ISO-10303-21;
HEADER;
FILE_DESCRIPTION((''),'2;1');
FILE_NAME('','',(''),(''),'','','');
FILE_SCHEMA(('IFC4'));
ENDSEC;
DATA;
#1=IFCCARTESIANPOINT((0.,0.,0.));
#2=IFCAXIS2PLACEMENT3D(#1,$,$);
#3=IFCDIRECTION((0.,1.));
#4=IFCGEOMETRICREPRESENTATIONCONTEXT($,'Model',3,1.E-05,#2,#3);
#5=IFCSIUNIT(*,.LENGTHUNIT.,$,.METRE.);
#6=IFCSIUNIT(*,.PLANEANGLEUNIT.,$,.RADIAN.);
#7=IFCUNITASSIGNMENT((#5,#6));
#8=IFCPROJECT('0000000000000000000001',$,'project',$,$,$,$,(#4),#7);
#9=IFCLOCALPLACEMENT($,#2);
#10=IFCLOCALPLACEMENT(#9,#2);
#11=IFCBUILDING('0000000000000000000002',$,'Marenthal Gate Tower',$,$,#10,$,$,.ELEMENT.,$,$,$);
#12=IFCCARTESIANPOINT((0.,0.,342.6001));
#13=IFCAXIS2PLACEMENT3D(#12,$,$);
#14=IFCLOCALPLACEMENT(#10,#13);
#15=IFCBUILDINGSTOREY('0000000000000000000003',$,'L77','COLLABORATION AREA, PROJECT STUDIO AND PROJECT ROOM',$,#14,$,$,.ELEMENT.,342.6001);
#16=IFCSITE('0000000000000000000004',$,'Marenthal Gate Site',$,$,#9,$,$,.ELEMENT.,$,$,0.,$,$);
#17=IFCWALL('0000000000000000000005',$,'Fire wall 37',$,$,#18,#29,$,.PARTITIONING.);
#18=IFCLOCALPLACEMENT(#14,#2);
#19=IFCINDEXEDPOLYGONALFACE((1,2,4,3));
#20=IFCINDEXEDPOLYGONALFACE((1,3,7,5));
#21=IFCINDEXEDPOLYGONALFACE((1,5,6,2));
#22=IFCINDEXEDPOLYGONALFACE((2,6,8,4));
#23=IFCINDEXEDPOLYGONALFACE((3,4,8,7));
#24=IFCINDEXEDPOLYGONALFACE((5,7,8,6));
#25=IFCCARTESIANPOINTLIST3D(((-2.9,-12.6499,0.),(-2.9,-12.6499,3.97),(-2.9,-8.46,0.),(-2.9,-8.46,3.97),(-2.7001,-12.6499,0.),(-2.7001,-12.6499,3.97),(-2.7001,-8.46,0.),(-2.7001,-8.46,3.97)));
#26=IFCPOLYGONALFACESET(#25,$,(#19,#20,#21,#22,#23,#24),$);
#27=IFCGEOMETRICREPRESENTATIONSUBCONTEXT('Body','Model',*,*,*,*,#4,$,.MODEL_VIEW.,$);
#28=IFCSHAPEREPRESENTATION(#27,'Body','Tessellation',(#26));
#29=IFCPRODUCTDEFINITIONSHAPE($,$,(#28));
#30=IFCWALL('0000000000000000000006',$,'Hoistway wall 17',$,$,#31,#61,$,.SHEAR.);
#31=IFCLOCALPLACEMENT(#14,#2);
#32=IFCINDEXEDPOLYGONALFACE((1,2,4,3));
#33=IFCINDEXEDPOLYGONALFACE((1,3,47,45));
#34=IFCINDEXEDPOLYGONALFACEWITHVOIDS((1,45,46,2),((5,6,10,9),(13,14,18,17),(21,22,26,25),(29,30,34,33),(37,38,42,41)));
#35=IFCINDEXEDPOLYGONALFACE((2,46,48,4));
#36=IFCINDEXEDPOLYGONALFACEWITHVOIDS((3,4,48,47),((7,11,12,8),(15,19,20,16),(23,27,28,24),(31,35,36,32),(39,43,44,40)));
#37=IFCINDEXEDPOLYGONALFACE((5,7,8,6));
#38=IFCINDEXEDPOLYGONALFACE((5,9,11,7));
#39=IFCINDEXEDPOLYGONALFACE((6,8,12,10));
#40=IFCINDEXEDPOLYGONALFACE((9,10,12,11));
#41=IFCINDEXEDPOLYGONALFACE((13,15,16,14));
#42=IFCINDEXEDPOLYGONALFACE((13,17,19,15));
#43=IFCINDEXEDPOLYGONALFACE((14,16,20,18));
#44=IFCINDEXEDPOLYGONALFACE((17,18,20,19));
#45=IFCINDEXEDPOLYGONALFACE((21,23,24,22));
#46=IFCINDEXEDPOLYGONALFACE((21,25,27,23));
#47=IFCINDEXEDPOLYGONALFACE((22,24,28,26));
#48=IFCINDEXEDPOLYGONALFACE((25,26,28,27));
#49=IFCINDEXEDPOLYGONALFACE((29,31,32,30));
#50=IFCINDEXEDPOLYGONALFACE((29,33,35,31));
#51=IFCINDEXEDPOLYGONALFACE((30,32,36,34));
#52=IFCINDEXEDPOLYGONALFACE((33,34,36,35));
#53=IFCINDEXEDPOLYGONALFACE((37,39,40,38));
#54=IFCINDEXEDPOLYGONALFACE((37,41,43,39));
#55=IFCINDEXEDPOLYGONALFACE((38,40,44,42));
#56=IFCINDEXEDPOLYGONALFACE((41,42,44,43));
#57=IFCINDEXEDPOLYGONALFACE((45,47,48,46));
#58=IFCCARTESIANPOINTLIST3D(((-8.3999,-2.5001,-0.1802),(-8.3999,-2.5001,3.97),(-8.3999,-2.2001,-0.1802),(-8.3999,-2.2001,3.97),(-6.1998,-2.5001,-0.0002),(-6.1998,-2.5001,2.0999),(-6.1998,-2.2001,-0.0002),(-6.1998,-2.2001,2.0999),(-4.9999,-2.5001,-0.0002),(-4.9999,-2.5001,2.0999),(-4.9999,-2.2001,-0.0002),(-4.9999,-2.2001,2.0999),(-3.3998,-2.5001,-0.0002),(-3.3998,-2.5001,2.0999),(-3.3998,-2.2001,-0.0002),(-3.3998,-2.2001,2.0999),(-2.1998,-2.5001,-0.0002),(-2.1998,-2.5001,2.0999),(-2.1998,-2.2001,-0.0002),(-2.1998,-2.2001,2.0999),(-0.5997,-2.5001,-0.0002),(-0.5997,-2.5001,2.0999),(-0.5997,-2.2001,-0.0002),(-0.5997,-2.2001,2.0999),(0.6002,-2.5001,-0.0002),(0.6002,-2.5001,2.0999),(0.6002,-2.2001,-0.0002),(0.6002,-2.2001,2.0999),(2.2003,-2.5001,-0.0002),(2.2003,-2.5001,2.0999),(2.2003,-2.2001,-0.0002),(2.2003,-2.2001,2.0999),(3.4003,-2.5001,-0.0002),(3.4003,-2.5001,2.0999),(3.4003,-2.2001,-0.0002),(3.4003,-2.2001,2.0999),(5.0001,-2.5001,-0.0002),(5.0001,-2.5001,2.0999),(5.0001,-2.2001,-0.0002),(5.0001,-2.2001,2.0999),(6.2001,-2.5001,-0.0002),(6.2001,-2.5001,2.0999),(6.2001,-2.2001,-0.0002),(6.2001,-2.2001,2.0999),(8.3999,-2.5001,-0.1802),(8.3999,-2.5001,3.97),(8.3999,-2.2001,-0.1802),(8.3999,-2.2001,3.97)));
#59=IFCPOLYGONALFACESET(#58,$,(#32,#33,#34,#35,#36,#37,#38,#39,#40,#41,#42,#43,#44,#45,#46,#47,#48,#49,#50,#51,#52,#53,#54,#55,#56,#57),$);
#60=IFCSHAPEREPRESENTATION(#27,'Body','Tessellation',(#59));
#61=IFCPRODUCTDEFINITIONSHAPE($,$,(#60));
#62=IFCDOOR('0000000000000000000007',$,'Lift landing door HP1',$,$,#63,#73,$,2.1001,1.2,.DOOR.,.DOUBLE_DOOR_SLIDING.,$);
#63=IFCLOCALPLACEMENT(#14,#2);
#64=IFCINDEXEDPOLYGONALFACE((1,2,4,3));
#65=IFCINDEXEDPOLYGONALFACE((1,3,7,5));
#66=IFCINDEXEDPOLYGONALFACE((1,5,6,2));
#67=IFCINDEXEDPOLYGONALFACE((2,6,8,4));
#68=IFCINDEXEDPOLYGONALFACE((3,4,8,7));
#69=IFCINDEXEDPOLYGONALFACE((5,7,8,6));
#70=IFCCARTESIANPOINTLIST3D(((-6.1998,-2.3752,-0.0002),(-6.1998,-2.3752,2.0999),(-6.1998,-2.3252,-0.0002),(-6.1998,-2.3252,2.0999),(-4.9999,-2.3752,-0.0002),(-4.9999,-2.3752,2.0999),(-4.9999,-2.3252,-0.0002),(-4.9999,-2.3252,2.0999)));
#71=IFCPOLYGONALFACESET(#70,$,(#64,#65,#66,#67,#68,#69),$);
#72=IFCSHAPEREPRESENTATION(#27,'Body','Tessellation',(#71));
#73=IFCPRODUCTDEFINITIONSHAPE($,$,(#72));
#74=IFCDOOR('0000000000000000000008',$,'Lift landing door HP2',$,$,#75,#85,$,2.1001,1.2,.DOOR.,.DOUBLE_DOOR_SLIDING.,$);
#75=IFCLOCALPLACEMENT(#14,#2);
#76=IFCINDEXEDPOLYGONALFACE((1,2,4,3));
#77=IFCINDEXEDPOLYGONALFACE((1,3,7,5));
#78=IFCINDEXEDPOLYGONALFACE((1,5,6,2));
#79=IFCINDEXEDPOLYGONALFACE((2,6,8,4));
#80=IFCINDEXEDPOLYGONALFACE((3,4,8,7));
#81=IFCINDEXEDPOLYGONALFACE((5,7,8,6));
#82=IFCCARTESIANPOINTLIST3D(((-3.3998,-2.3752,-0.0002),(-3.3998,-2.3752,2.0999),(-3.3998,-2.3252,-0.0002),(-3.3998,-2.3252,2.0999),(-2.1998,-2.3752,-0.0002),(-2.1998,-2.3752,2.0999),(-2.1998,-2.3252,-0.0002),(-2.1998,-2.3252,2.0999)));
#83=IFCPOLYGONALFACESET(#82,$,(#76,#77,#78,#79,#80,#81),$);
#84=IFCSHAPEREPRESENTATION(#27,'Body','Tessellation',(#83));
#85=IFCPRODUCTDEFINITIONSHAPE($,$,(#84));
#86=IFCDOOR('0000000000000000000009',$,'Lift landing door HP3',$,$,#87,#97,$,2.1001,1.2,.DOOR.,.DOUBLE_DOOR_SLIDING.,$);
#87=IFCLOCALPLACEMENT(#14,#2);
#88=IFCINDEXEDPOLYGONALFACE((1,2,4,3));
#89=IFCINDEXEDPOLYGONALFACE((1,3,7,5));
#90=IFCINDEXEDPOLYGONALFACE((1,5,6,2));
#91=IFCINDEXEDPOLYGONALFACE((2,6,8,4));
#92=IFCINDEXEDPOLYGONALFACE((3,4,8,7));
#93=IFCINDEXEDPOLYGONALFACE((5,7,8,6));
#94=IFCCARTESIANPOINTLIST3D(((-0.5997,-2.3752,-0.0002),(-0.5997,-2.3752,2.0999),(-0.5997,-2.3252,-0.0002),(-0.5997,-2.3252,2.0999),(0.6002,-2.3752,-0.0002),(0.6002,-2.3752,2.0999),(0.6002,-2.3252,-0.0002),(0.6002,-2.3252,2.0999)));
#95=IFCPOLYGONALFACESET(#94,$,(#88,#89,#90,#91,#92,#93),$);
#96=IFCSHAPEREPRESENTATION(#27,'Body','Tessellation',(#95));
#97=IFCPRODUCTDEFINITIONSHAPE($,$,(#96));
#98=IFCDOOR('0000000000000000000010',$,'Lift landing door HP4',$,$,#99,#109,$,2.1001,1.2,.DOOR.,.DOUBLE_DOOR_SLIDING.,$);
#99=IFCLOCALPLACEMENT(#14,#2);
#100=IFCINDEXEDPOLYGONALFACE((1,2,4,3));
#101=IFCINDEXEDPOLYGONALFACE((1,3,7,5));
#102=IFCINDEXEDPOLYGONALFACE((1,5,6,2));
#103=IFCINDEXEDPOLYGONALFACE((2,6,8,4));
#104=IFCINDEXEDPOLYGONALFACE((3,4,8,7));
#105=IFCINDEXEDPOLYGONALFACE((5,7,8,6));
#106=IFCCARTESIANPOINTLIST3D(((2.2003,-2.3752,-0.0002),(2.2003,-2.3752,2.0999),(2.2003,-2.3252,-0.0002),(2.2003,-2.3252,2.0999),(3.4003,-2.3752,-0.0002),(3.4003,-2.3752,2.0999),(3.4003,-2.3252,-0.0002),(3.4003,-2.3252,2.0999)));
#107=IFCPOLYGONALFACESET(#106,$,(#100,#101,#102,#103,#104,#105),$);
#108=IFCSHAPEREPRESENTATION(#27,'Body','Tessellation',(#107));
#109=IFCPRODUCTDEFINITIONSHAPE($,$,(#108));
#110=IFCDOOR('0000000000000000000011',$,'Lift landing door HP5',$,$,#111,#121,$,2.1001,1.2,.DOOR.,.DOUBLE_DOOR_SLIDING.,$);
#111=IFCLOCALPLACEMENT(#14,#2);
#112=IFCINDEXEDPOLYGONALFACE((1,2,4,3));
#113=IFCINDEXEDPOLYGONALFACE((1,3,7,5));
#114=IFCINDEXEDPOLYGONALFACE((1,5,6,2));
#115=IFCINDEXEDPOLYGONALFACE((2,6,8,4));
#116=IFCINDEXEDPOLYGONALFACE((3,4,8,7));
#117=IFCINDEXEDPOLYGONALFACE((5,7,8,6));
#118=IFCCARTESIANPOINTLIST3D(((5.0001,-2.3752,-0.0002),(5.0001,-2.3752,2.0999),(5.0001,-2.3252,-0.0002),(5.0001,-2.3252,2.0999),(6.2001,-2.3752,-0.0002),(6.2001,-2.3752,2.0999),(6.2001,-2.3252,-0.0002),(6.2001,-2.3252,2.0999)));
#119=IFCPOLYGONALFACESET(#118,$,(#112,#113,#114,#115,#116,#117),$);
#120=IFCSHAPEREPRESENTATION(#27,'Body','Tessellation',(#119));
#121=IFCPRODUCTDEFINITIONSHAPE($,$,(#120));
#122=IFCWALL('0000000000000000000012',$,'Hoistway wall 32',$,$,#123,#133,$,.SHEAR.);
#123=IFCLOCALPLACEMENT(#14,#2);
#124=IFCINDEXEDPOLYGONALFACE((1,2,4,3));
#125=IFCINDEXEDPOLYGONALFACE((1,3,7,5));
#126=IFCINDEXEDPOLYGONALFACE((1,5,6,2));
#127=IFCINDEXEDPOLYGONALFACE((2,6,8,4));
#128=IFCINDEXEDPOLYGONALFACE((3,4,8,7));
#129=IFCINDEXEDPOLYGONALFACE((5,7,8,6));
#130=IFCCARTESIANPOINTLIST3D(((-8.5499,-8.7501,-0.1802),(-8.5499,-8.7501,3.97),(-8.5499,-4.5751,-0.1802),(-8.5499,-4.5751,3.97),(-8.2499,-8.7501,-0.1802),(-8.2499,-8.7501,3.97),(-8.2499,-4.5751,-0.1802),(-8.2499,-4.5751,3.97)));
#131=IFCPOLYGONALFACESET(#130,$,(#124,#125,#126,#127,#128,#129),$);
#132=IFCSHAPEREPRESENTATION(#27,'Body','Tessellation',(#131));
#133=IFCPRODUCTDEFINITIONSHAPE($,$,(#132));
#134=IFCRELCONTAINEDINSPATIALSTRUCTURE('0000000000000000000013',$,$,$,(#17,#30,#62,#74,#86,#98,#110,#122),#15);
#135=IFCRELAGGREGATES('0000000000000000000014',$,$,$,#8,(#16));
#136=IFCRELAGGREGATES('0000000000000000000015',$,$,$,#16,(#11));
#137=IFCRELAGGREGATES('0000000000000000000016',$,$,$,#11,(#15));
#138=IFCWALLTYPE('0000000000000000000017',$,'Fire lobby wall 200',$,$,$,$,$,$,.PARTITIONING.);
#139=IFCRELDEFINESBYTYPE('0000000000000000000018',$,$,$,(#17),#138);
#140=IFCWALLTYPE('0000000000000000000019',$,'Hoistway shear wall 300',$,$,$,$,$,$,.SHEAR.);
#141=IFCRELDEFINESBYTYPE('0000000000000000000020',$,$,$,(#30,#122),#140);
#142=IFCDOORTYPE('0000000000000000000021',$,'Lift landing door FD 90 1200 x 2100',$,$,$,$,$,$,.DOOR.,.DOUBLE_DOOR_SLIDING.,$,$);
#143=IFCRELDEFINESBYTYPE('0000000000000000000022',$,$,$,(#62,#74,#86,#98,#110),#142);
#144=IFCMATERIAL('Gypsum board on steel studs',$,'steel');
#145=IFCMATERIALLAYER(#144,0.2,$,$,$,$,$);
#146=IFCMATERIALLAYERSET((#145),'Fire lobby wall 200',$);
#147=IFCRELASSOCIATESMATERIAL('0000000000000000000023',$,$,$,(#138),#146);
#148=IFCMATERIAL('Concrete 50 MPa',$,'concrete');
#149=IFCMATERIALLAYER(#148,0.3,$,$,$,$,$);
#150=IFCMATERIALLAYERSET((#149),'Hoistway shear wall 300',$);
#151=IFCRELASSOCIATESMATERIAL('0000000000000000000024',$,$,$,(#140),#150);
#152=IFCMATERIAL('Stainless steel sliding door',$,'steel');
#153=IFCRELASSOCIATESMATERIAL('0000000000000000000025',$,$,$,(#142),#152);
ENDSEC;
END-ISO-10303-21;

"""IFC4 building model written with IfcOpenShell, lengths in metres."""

from ifc_helpers import new_model, si_unit, direction, frame, frame_2d, origin, place, context, subcontext, project, spatial, rectangle, extrude, material, layer, layer_set, type_object, element, fill, save


model = new_model("IFC4")

# Units and contexts
model_context = context("Model", 3, precision=1e-05, world=origin(), true_north=direction((0.0, 1.0)))
body_context = subcontext(model_context, "Body", "Model", "MODEL_VIEW")
ifc_project = project(units=[si_unit("LENGTHUNIT", "METRE"), si_unit("PLANEANGLEUNIT", "RADIAN")], contexts=[model_context])

# Site, building, storey
site_placement = place(None, origin())
site = spatial("IfcSite", under=ifc_project, at=site_placement, Name="Marenthal Gate Site", CompositionType="ELEMENT", RefElevation=0.0)
building_placement = place(site_placement, origin())
building = spatial("IfcBuilding", under=site, at=building_placement, Name="Marenthal Gate Tower", CompositionType="ELEMENT")
storey_placement = place(building_placement, frame((0.0, 0.0, 342.6001)))
storey = spatial("IfcBuildingStorey", under=building, at=storey_placement, Name="L77", Description="COLLABORATION AREA, PROJECT STUDIO AND PROJECT ROOM", CompositionType="ELEMENT", Elevation=342.6001)

# Wall
ifc_material_1 = material(Name="Gypsum board on steel studs", Category="steel")
ifc_layer_1 = layer(ifc_material_1, 0.2)
ifc_layer_set_1 = layer_set([ifc_layer_1], Name="Fire lobby wall 200")
wall_type_1 = type_object("IfcWallType", Name="Fire lobby wall 200", PredefinedType="PARTITIONING", material=ifc_layer_set_1)
wall_1_placement = place(storey_placement, frame((-2.8, -12.6499, 0.0), z_axis=(0.0, 0.0, 1.0), x_axis=(0.0, 1.0, 0.0)))
element("IfcWall", 1, at=wall_1_placement, inside=storey, type_object=wall_type_1, Name="Fire wall 37", PredefinedType="PARTITIONING", context=body_context, shape_type="SweptSolid", body=[
    extrude(rectangle(XDim=4.1899, YDim=0.2, at=frame_2d((2.095, 0.0))), origin(), (0.0, 0.0, 1.0), 3.97),
])

# Wall, openings, doors
ifc_material_2 = material(Name="Concrete 50 MPa", Category="concrete")
ifc_layer_2 = layer(ifc_material_2, 0.3)
ifc_layer_set_2 = layer_set([ifc_layer_2], Name="Hoistway shear wall 300")
wall_type_2 = type_object("IfcWallType", Name="Hoistway shear wall 300", PredefinedType="SHEAR", material=ifc_layer_set_2)
wall_2_placement = place(storey_placement, frame((-8.3999, -2.3501, -0.1802), z_axis=(0.0, 0.0, 1.0), x_axis=(1.0, 0.0, 0.0)))
wall_2 = element("IfcWall", 2, at=wall_2_placement, inside=storey, type_object=wall_type_2, Name="Hoistway wall 17", PredefinedType="SHEAR", context=body_context, shape_type="SweptSolid", body=[
    extrude(rectangle(XDim=16.7998, YDim=0.3, at=frame_2d((8.3999, 0.0))), origin(), (0.0, 0.0, 1.0), 4.1501),
])
opening_1_placement = place(wall_2_placement, frame((2.2, 0.0, 0.1799)))
opening_1 = element("IfcOpeningElement", 3, at=opening_1_placement, cuts=wall_2, PredefinedType="OPENING", context=body_context, shape_type="SweptSolid", body=[
    extrude(rectangle(XDim=1.2, YDim=2.1001, at=frame_2d((0.6001, 1.05))), frame((0.0, 0.1602, 0.0), z_axis=(0.0, -1.0, 0.0), x_axis=(1.0, 0.0, 0.0)), (0.0, 0.0, 1.0), 0.3201),
])
opening_2_placement = place(wall_2_placement, frame((5.0, 0.0, 0.1799)))
opening_2 = element("IfcOpeningElement", 4, at=opening_2_placement, cuts=wall_2, PredefinedType="OPENING", context=body_context, shape_type="SweptSolid", body=[
    extrude(rectangle(XDim=1.2, YDim=2.1001, at=frame_2d((0.6001, 1.05))), frame((0.0, 0.1602, 0.0), z_axis=(0.0, -1.0, 0.0), x_axis=(1.0, 0.0, 0.0)), (0.0, 0.0, 1.0), 0.3201),
])
opening_3_placement = place(wall_2_placement, frame((7.8, 0.0, 0.1799)))
opening_3 = element("IfcOpeningElement", 5, at=opening_3_placement, cuts=wall_2, PredefinedType="OPENING", context=body_context, shape_type="SweptSolid", body=[
    extrude(rectangle(XDim=1.2, YDim=2.1001, at=frame_2d((0.6001, 1.05))), frame((0.0, 0.1602, 0.0), z_axis=(0.0, -1.0, 0.0), x_axis=(1.0, 0.0, 0.0)), (0.0, 0.0, 1.0), 0.3201),
])
opening_4_placement = place(wall_2_placement, frame((10.6001, 0.0, 0.1799)))
opening_4 = element("IfcOpeningElement", 6, at=opening_4_placement, cuts=wall_2, PredefinedType="OPENING", context=body_context, shape_type="SweptSolid", body=[
    extrude(rectangle(XDim=1.2, YDim=2.1001, at=frame_2d((0.6001, 1.05))), frame((0.0, 0.1602, 0.0), z_axis=(0.0, -1.0, 0.0), x_axis=(1.0, 0.0, 0.0)), (0.0, 0.0, 1.0), 0.3201),
])
opening_5_placement = place(wall_2_placement, frame((13.3999, 0.0, 0.1799)))
opening_5 = element("IfcOpeningElement", 7, at=opening_5_placement, cuts=wall_2, PredefinedType="OPENING", context=body_context, shape_type="SweptSolid", body=[
    extrude(rectangle(XDim=1.2, YDim=2.1001, at=frame_2d((0.6001, 1.05))), frame((0.0, 0.1602, 0.0), z_axis=(0.0, -1.0, 0.0), x_axis=(1.0, 0.0, 0.0)), (0.0, 0.0, 1.0), 0.3201),
])
ifc_material_3 = material(Name="Stainless steel sliding door", Category="steel")
door_type_1 = type_object("IfcDoorType", Name="Lift landing door FD 90 1200 x 2100", OperationType="DOUBLE_DOOR_SLIDING", PredefinedType="DOOR", material=ifc_material_3)
door_1_placement = place(opening_1_placement, origin())
door_1 = element("IfcDoor", 8, at=door_1_placement, inside=storey, type_object=door_type_1, Name="Lift landing door HP1", OperationType="DOUBLE_DOOR_SLIDING", OverallHeight=2.1001, OverallWidth=1.2, PredefinedType="DOOR", context=body_context, shape_type="SweptSolid", body=[
    extrude(rectangle(XDim=1.2, YDim=2.1001, at=frame_2d((0.6001, 1.05))), frame((0.0, 0.0249, 0.0), z_axis=(0.0, -1.0, 0.0), x_axis=(1.0, 0.0, 0.0)), (0.0, 0.0, 1.0), 0.05),
])
fill(opening_1, door_1)
door_2_placement = place(opening_2_placement, origin())
door_2 = element("IfcDoor", 9, at=door_2_placement, inside=storey, type_object=door_type_1, Name="Lift landing door HP2", OperationType="DOUBLE_DOOR_SLIDING", OverallHeight=2.1001, OverallWidth=1.2, PredefinedType="DOOR", context=body_context, shape_type="SweptSolid", body=[
    extrude(rectangle(XDim=1.2, YDim=2.1001, at=frame_2d((0.6001, 1.05))), frame((0.0, 0.0249, 0.0), z_axis=(0.0, -1.0, 0.0), x_axis=(1.0, 0.0, 0.0)), (0.0, 0.0, 1.0), 0.05),
])
fill(opening_2, door_2)
door_3_placement = place(opening_3_placement, origin())
door_3 = element("IfcDoor", 10, at=door_3_placement, inside=storey, type_object=door_type_1, Name="Lift landing door HP3", OperationType="DOUBLE_DOOR_SLIDING", OverallHeight=2.1001, OverallWidth=1.2, PredefinedType="DOOR", context=body_context, shape_type="SweptSolid", body=[
    extrude(rectangle(XDim=1.2, YDim=2.1001, at=frame_2d((0.6001, 1.05))), frame((0.0, 0.0249, 0.0), z_axis=(0.0, -1.0, 0.0), x_axis=(1.0, 0.0, 0.0)), (0.0, 0.0, 1.0), 0.05),
])
fill(opening_3, door_3)
door_4_placement = place(opening_4_placement, origin())
door_4 = element("IfcDoor", 11, at=door_4_placement, inside=storey, type_object=door_type_1, Name="Lift landing door HP4", OperationType="DOUBLE_DOOR_SLIDING", OverallHeight=2.1001, OverallWidth=1.2, PredefinedType="DOOR", context=body_context, shape_type="SweptSolid", body=[
    extrude(rectangle(XDim=1.2, YDim=2.1001, at=frame_2d((0.6001, 1.05))), frame((0.0, 0.0249, 0.0), z_axis=(0.0, -1.0, 0.0), x_axis=(1.0, 0.0, 0.0)), (0.0, 0.0, 1.0), 0.05),
])
fill(opening_4, door_4)
door_5_placement = place(opening_5_placement, origin())
door_5 = element("IfcDoor", 12, at=door_5_placement, inside=storey, type_object=door_type_1, Name="Lift landing door HP5", OperationType="DOUBLE_DOOR_SLIDING", OverallHeight=2.1001, OverallWidth=1.2, PredefinedType="DOOR", context=body_context, shape_type="SweptSolid", body=[
    extrude(rectangle(XDim=1.2, YDim=2.1001, at=frame_2d((0.6001, 1.05))), frame((0.0, 0.0249, 0.0), z_axis=(0.0, -1.0, 0.0), x_axis=(1.0, 0.0, 0.0)), (0.0, 0.0, 1.0), 0.05),
])
fill(opening_5, door_5)

# Wall
wall_3_placement = place(storey_placement, frame((-8.3999, -8.75, -0.1802), z_axis=(0.0, 0.0, 1.0), x_axis=(0.0, 1.0, 0.0)))
element("IfcWall", 13, at=wall_3_placement, inside=storey, type_object=wall_type_2, Name="Hoistway wall 32", PredefinedType="SHEAR", context=body_context, shape_type="SweptSolid", body=[
    extrude(rectangle(XDim=4.175, YDim=0.3, at=frame_2d((2.0874, 0.0))), origin(), (0.0, 0.0, 1.0), 4.1501),
])

save(model, "model.ifc")
